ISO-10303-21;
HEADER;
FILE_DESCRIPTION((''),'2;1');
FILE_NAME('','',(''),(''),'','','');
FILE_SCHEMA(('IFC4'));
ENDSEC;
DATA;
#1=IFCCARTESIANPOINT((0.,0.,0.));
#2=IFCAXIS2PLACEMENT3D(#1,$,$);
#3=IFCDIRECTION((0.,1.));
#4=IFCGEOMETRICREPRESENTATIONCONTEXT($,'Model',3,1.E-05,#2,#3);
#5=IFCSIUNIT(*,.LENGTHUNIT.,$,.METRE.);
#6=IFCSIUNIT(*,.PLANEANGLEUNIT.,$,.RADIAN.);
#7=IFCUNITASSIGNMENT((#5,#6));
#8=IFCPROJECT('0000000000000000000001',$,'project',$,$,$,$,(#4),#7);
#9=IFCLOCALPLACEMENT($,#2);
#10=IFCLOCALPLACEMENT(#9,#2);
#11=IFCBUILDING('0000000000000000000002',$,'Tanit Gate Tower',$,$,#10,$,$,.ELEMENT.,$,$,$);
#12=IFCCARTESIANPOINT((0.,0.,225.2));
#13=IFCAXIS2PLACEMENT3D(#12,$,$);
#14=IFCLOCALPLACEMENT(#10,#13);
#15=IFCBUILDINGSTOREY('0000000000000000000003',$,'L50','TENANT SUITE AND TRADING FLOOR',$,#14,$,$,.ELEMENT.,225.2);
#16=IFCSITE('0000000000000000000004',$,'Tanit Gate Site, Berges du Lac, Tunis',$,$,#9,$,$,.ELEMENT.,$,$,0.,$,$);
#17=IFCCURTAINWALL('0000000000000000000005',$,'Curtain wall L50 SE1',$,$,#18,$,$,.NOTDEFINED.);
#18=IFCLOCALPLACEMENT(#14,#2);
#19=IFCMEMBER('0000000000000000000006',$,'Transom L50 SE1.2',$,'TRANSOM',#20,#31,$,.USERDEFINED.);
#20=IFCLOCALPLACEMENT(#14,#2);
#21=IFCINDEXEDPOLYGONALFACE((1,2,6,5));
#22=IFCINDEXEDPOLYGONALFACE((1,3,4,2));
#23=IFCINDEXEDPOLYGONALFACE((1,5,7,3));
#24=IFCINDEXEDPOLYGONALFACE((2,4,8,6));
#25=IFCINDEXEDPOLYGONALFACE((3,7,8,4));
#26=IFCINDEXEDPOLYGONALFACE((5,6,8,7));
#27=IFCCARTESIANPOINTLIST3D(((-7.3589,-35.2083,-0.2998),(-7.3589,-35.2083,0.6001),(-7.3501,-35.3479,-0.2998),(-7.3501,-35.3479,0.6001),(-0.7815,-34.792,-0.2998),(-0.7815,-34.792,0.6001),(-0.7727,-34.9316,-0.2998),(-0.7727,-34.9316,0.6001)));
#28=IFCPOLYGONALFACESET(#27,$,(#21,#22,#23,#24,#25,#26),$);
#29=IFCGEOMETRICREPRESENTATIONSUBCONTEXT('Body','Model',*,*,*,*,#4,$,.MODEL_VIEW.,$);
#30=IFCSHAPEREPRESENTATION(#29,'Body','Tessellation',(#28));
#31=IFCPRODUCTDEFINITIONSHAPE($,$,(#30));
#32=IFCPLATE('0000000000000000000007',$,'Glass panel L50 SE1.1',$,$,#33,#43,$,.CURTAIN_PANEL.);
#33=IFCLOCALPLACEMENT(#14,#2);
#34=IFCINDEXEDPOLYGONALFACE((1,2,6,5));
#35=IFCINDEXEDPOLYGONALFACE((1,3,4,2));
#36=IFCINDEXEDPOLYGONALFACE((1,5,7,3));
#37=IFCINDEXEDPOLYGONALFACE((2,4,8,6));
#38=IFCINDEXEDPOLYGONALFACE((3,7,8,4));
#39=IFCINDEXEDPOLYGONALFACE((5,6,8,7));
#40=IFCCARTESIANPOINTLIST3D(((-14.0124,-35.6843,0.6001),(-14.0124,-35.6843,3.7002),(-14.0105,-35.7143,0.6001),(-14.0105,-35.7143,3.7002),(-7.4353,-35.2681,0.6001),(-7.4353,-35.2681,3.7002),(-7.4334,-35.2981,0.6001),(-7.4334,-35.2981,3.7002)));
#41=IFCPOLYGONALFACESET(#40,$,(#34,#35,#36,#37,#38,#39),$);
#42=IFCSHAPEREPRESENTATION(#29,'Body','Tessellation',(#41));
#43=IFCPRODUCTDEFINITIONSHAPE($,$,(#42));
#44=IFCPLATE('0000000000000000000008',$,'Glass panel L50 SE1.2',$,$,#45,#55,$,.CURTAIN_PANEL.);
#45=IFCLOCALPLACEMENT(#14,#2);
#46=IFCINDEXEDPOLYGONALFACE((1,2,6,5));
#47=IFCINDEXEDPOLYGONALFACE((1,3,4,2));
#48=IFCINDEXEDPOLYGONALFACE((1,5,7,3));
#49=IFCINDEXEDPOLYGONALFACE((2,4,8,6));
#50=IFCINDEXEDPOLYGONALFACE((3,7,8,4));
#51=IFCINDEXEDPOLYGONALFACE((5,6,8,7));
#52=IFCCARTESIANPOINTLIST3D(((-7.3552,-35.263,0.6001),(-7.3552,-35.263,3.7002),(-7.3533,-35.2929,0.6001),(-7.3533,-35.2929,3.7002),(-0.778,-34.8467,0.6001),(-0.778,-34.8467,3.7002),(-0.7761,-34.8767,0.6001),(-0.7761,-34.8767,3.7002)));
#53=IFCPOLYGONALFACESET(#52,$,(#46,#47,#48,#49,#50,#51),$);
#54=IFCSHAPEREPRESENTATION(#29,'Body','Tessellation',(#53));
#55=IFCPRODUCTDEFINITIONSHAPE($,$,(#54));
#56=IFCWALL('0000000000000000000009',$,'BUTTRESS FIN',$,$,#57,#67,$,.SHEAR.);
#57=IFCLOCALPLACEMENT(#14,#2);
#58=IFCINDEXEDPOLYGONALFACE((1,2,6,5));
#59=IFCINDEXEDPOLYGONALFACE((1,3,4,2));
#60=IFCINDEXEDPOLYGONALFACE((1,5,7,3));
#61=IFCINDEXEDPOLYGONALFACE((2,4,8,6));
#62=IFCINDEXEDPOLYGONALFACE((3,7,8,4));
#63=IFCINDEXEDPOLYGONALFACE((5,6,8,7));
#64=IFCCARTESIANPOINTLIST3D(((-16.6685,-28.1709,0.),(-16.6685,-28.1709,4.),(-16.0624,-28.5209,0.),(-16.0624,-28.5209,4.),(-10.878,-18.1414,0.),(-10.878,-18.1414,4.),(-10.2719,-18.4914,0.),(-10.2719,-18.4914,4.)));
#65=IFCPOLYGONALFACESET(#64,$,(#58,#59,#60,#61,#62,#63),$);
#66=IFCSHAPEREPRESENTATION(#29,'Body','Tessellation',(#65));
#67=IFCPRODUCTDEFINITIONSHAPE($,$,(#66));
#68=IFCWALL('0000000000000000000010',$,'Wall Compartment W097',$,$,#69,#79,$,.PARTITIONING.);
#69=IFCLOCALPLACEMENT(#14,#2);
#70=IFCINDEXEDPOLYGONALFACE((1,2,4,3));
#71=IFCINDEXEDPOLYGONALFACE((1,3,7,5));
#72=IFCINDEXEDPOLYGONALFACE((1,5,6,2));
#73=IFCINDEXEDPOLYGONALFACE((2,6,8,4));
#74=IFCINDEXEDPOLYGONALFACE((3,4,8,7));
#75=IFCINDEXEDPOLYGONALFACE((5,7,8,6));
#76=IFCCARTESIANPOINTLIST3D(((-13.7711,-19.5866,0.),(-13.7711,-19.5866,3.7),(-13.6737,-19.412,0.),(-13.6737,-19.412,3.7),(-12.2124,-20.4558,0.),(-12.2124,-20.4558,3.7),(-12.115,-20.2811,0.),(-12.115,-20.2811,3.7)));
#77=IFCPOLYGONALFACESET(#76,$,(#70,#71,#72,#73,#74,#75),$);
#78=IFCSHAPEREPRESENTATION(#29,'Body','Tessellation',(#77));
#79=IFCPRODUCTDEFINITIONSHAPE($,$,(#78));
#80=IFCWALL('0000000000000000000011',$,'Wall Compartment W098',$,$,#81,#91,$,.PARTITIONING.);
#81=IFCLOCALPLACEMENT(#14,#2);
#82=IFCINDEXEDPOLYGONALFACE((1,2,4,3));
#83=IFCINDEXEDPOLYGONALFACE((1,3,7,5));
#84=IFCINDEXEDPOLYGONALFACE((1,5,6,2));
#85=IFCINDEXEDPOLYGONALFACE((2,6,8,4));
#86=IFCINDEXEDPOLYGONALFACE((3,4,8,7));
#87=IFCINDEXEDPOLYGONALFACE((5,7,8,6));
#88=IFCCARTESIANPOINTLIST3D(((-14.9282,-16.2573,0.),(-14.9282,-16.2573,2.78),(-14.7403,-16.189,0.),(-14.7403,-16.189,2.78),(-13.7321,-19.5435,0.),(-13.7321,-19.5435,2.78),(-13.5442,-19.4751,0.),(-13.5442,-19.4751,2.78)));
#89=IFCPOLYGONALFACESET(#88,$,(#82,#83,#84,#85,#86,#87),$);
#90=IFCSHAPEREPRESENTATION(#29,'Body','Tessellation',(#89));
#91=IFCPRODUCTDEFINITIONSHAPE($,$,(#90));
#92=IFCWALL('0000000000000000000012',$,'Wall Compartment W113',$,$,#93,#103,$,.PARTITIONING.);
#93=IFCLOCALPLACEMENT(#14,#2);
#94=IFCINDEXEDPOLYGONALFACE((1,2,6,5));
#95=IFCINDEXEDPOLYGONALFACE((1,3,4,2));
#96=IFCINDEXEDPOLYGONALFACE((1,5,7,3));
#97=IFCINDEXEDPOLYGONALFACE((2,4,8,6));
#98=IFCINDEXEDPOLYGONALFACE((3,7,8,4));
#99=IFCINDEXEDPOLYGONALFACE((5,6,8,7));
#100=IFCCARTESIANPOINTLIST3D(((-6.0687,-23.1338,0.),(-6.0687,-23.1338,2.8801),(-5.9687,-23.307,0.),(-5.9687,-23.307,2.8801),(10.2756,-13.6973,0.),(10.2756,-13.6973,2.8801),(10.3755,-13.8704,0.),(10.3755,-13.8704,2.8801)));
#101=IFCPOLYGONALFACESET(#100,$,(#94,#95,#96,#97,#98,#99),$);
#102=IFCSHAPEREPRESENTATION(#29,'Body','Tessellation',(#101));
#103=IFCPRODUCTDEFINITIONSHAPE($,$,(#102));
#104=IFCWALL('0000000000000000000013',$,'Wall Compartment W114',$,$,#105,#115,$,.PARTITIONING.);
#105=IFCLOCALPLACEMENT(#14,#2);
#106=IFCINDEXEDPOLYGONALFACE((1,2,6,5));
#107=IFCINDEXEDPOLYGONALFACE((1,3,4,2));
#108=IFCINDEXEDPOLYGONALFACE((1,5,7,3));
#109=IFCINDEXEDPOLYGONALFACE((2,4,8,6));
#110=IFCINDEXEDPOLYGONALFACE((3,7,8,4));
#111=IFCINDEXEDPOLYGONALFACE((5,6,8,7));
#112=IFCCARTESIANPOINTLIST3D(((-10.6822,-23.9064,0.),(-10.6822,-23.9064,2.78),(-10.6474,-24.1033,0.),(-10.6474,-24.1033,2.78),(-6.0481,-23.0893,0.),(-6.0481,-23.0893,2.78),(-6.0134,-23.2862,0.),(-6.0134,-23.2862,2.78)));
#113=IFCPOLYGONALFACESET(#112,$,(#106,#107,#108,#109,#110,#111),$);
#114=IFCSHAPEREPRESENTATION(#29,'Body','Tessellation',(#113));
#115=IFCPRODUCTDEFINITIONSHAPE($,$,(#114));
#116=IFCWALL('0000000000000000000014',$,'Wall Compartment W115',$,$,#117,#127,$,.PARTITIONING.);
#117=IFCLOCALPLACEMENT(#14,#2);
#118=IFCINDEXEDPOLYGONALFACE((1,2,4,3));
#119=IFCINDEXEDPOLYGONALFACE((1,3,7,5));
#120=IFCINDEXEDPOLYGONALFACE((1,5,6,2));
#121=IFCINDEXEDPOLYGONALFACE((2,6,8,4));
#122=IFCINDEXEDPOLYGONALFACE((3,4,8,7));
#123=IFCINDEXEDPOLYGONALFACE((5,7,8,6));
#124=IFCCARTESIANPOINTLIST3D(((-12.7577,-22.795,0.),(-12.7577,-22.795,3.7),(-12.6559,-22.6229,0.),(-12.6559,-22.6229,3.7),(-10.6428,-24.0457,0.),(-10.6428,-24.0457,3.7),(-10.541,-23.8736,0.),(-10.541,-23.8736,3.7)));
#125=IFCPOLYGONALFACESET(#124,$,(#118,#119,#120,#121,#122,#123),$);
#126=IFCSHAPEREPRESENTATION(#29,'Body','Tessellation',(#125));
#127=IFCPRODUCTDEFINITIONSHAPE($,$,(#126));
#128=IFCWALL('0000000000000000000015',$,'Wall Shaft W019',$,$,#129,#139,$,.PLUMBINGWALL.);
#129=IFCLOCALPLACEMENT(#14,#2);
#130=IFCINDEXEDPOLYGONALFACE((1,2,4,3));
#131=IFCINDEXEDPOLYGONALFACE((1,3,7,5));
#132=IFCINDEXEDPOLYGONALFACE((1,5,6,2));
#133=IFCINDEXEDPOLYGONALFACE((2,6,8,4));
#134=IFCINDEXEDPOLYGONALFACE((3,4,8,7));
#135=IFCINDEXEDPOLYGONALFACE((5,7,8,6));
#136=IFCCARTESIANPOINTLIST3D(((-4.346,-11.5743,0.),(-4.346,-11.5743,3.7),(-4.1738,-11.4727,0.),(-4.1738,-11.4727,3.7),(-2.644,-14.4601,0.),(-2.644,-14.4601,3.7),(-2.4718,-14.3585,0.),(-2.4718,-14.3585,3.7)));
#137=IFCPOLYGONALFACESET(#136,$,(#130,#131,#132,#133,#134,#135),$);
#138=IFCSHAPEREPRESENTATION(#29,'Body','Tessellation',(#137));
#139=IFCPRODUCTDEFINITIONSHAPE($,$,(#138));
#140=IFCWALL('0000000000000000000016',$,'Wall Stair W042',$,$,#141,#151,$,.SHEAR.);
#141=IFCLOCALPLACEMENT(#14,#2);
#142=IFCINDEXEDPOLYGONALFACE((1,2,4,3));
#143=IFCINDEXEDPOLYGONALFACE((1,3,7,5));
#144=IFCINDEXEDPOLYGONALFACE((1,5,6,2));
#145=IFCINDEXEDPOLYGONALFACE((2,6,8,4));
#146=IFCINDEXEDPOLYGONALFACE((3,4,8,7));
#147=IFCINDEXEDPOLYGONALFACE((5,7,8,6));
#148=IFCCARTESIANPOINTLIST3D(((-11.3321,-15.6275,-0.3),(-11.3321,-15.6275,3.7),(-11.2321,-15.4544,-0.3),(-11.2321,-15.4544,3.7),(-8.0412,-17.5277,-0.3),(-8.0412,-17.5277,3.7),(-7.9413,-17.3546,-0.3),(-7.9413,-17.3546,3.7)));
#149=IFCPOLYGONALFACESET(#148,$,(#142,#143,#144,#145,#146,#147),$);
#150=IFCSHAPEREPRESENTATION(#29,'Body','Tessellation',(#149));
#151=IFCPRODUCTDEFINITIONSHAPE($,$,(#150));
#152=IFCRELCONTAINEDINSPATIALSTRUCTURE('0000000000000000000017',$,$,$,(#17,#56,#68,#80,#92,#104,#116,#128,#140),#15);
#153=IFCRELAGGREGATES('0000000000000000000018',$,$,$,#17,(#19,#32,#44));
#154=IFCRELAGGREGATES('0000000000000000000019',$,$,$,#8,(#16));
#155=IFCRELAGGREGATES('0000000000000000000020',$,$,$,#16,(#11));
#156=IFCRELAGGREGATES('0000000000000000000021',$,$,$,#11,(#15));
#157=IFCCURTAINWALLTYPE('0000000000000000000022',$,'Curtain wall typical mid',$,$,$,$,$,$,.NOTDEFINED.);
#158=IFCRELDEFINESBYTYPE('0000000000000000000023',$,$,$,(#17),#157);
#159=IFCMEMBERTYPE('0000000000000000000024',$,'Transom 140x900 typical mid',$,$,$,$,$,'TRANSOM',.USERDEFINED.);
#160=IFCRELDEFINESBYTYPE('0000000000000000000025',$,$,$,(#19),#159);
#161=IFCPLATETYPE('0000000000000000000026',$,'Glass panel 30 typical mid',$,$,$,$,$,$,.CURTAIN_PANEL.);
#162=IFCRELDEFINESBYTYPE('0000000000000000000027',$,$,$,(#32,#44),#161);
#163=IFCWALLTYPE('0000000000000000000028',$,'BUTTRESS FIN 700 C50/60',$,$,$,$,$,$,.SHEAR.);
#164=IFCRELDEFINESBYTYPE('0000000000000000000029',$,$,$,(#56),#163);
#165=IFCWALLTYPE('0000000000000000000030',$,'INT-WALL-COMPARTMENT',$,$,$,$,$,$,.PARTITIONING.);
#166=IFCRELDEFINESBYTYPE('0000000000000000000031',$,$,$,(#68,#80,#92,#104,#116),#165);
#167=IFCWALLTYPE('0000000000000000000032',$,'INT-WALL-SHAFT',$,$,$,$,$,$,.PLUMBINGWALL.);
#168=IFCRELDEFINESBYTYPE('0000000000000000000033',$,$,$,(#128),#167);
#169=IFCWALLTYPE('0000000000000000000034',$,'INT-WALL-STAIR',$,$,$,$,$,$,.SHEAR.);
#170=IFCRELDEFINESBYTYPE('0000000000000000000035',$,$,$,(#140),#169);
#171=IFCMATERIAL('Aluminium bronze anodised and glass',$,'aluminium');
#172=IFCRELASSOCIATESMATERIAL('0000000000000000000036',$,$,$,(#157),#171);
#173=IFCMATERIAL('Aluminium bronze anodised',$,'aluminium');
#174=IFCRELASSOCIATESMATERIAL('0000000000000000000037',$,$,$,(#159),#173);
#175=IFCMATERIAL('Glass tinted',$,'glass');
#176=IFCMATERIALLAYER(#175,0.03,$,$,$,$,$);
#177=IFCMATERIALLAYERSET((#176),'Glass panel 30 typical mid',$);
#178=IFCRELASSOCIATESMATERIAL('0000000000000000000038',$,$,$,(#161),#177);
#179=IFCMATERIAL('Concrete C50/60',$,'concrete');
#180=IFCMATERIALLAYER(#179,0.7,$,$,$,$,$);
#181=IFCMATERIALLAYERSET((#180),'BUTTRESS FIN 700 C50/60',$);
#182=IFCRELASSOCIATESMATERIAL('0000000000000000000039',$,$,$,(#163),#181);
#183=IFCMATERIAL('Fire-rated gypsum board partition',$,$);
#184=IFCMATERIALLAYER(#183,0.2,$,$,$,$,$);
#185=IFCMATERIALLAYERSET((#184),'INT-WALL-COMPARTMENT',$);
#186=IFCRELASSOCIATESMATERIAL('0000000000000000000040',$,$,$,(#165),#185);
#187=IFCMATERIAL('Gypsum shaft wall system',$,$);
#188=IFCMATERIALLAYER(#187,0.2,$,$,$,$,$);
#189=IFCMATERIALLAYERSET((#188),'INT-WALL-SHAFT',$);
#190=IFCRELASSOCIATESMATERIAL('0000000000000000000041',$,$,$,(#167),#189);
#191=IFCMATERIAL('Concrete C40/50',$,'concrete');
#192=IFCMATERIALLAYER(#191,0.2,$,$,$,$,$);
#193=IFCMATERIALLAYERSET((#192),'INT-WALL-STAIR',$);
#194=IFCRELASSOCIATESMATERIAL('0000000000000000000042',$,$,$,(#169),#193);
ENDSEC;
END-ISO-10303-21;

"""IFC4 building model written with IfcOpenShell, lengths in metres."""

from ifc_helpers import new_model, si_unit, direction, frame, frame_2d, origin, origin_2d, place, context, subcontext, project, spatial, rectangle, extrude, material, layer, layer_set, material_profile, profile_set, type_object, element, aggregate, save


model = new_model("IFC4")

# Units and contexts
model_context = context("Model", 3, precision=1e-05, world=origin(), true_north=direction((0.0, 1.0)))
body_context = subcontext(model_context, "Body", "Model", "MODEL_VIEW")
ifc_project = project(units=[si_unit("LENGTHUNIT", "METRE"), si_unit("PLANEANGLEUNIT", "RADIAN")], contexts=[model_context])

# Site, building, storey
site_placement = place(None, origin())
site = spatial("IfcSite", under=ifc_project, at=site_placement, Name="Tanit Gate Site, Berges du Lac, Tunis", CompositionType="ELEMENT", RefElevation=0.0)
building_placement = place(site_placement, origin())
building = spatial("IfcBuilding", under=site, at=building_placement, Name="Tanit Gate Tower", CompositionType="ELEMENT")
storey_placement = place(building_placement, frame((0.0, 0.0, 225.2)))
storey = spatial("IfcBuildingStorey", under=building, at=storey_placement, Name="L50", Description="TENANT SUITE AND TRADING FLOOR", CompositionType="ELEMENT", Elevation=225.2)

# Curtain wall
ifc_material_1 = material(Name="Aluminium bronze anodised and glass", Category="aluminium")
curtain_wall_type = type_object("IfcCurtainWallType", Name="Curtain wall typical mid", PredefinedType="NOTDEFINED", material=ifc_material_1)
curtain_wall_placement = place(storey_placement, origin())
curtain_wall = element("IfcCurtainWall", 1, at=curtain_wall_placement, inside=storey, type_object=curtain_wall_type, Name="Curtain wall L50 SE1", PredefinedType="NOTDEFINED")

# Member
ifc_material_2 = material(Name="Aluminium bronze anodised", Category="aluminium")
ifc_material_profile_1 = material_profile(ifc_material_2, rectangle(XDim=0.1399, YDim=0.8999, at=origin_2d()), Name="140x900 bronze transom")
ifc_profile_set_1 = profile_set([ifc_material_profile_1], Name="Aluminium bronze anodised")
member_type_1 = type_object("IfcMemberType", Name="Transom 140x900 typical mid", ElementType="TRANSOM", PredefinedType="USERDEFINED", material=ifc_profile_set_1)
member_1_placement = place(storey_placement, frame((-7.3545, -35.2781, 0.1501), z_axis=(0.998003, 0.06316, 0.0), x_axis=(-0.06316, 0.998003, 0.0)))
member_1 = element("IfcMember", 2, at=member_1_placement, type_object=member_type_1, Name="Transom L50 SE1.2", ObjectType="TRANSOM", PredefinedType="USERDEFINED", context=body_context, shape_type="SweptSolid", body=[
    extrude(rectangle(XDim=0.1399, YDim=0.8999, at=origin_2d()), origin(), (0.0, 0.0, 1.0), 6.5906),
])

# Plates
ifc_material_3 = material(Name="Glass tinted", Category="glass")
ifc_layer_1 = layer(ifc_material_3, 0.03)
ifc_layer_set_1 = layer_set([ifc_layer_1], Name="Glass panel 30 typical mid")
plate_type = type_object("IfcPlateType", Name="Glass panel 30 typical mid", PredefinedType="CURTAIN_PANEL", material=ifc_layer_set_1)
plate_1_placement = place(storey_placement, frame((-10.7229, -35.4912, 0.6001), z_axis=(0.0, 0.0, 1.0), x_axis=(0.998003, 0.063159, 0.0)))
plate_1 = element("IfcPlate", 3, at=plate_1_placement, type_object=plate_type, Name="Glass panel L50 SE1.1", PredefinedType="CURTAIN_PANEL", context=body_context, shape_type="SweptSolid", body=[
    extrude(rectangle(XDim=6.5903, YDim=0.03, at=origin_2d()), origin(), (0.0, 0.0, 1.0), 3.1001),
])
plate_2_placement = place(storey_placement, frame((-4.0657, -35.0698, 0.6001), z_axis=(0.0, 0.0, 1.0), x_axis=(0.998003, 0.063159, 0.0)))
plate_2 = element("IfcPlate", 4, at=plate_2_placement, type_object=plate_type, Name="Glass panel L50 SE1.2", PredefinedType="CURTAIN_PANEL", context=body_context, shape_type="SweptSolid", body=[
    extrude(rectangle(XDim=6.5903, YDim=0.03, at=origin_2d()), origin(), (0.0, 0.0, 1.0), 3.1001),
])
aggregate(curtain_wall, [member_1, plate_1, plate_2])

# Wall
ifc_material_4 = material(Name="Concrete C50/60", Category="concrete")
ifc_layer_2 = layer(ifc_material_4, 0.7)
ifc_layer_set_2 = layer_set([ifc_layer_2], Name="BUTTRESS FIN 700 C50/60")
wall_type_1 = type_object("IfcWallType", Name="BUTTRESS FIN 700 C50/60", PredefinedType="SHEAR", material=ifc_layer_set_2)
wall_1_placement = place(storey_placement, frame((-10.575, -18.3164, 0.0), z_axis=(0.0, 0.0, 1.0), x_axis=(-0.499998, -0.866027, 0.0)))
element("IfcWall", 5, at=wall_1_placement, inside=storey, type_object=wall_type_1, Name="BUTTRESS FIN", PredefinedType="SHEAR", context=body_context, shape_type="SweptSolid", body=[
    extrude(rectangle(XDim=11.5811, YDim=0.7, at=frame_2d((5.7905, 0.0))), origin(), (0.0, 0.0, 1.0), 4.0),
])

# Walls
ifc_material_5 = material(Name="Fire-rated gypsum board partition")
ifc_layer_3 = layer(ifc_material_5, 0.2)
ifc_layer_set_3 = layer_set([ifc_layer_3], Name="INT-WALL-COMPARTMENT")
wall_type_2 = type_object("IfcWallType", Name="INT-WALL-COMPARTMENT", PredefinedType="PARTITIONING", material=ifc_layer_set_3)
wall_2_placement = place(storey_placement, frame((-13.7224, -19.4993, 0.0), z_axis=(0.0, 0.0, 1.0), x_axis=(0.873382, -0.487036, 0.0)))
element("IfcWall", 6, at=wall_2_placement, inside=storey, type_object=wall_type_2, Name="Wall Compartment W097", PredefinedType="PARTITIONING", context=body_context, shape_type="SweptSolid", body=[
    extrude(rectangle(XDim=1.7847, YDim=0.2, at=frame_2d((0.8923, 0.0))), origin(), (0.0, 0.0, 1.0), 3.7),
])
wall_3_placement = place(storey_placement, frame((-14.8342, -16.2231, 0.0), z_axis=(0.0, 0.0, 1.0), x_axis=(0.342018, -0.939694, 0.0)))
element("IfcWall", 7, at=wall_3_placement, inside=storey, type_object=wall_type_2, Name="Wall Compartment W098", PredefinedType="PARTITIONING", context=body_context, shape_type="SweptSolid", body=[
    extrude(rectangle(XDim=3.4971, YDim=0.2, at=frame_2d((1.7485, 0.0))), origin(), (0.0, 0.0, 1.0), 2.78),
])
wall_4_placement = place(storey_placement, frame((-6.0188, -23.2205, 0.0), z_axis=(0.0, 0.0, 1.0), x_axis=(0.866021, 0.500007, 0.0)))
element("IfcWall", 8, at=wall_4_placement, inside=storey, type_object=wall_type_2, Name="Wall Compartment W113", PredefinedType="PARTITIONING", context=body_context, shape_type="SweptSolid", body=[
    extrude(rectangle(XDim=18.8728, YDim=0.2, at=frame_2d((9.4365, 0.0))), origin(), (0.0, 0.0, 1.0), 2.8801),
])
wall_5_placement = place(storey_placement, frame((-10.6648, -24.0049, 0.0), z_axis=(0.0, 0.0, 1.0), x_axis=(0.984807, 0.173655, 0.0)))
element("IfcWall", 9, at=wall_5_placement, inside=storey, type_object=wall_type_2, Name="Wall Compartment W114", PredefinedType="PARTITIONING", context=body_context, shape_type="SweptSolid", body=[
    extrude(rectangle(XDim=4.7056, YDim=0.2, at=frame_2d((2.3528, 0.0))), origin(), (0.0, 0.0, 1.0), 2.78),
])
wall_6_placement = place(storey_placement, frame((-12.7068, -22.709, 0.0), z_axis=(0.0, 0.0, 1.0), x_axis=(0.860754, -0.509021, 0.0)))
element("IfcWall", 10, at=wall_6_placement, inside=storey, type_object=wall_type_2, Name="Wall Compartment W115", PredefinedType="PARTITIONING", context=body_context, shape_type="SweptSolid", body=[
    extrude(rectangle(XDim=2.457, YDim=0.2, at=frame_2d((1.2285, 0.0))), origin(), (0.0, 0.0, 1.0), 3.7),
])
ifc_material_6 = material(Name="Gypsum shaft wall system")
ifc_layer_4 = layer(ifc_material_6, 0.2)
ifc_layer_set_4 = layer_set([ifc_layer_4], Name="INT-WALL-SHAFT")
wall_type_3 = type_object("IfcWallType", Name="INT-WALL-SHAFT", PredefinedType="PLUMBINGWALL", material=ifc_layer_set_4)
wall_7_placement = place(storey_placement, frame((-2.5579, -14.4094, 0.0), z_axis=(0.0, 0.0, 1.0), x_axis=(-0.507997, 0.861359, 0.0)))
element("IfcWall", 11, at=wall_7_placement, inside=storey, type_object=wall_type_3, Name="Wall Shaft W019", PredefinedType="PLUMBINGWALL", context=body_context, shape_type="SweptSolid", body=[
    extrude(rectangle(XDim=3.3503, YDim=0.2, at=frame_2d((1.6753, 0.0))), origin(), (0.0, 0.0, 1.0), 3.7),
])
ifc_material_7 = material(Name="Concrete C40/50", Category="concrete")
ifc_layer_5 = layer(ifc_material_7, 0.2)
ifc_layer_set_5 = layer_set([ifc_layer_5], Name="INT-WALL-STAIR")
wall_type_4 = type_object("IfcWallType", Name="INT-WALL-STAIR", PredefinedType="SHEAR", material=ifc_layer_set_5)
wall_8_placement = place(storey_placement, frame((-11.282, -15.541, -0.3), z_axis=(0.0, 0.0, 1.0), x_axis=(0.866, -0.500043, 0.0)))
element("IfcWall", 12, at=wall_8_placement, inside=storey, type_object=wall_type_4, Name="Wall Stair W042", PredefinedType="SHEAR", context=body_context, shape_type="SweptSolid", body=[
    extrude(rectangle(XDim=3.8, YDim=0.2, at=frame_2d((1.8999, 0.0))), origin(), (0.0, 0.0, 1.0), 4.0),
])

save(model, "model.ifc")
